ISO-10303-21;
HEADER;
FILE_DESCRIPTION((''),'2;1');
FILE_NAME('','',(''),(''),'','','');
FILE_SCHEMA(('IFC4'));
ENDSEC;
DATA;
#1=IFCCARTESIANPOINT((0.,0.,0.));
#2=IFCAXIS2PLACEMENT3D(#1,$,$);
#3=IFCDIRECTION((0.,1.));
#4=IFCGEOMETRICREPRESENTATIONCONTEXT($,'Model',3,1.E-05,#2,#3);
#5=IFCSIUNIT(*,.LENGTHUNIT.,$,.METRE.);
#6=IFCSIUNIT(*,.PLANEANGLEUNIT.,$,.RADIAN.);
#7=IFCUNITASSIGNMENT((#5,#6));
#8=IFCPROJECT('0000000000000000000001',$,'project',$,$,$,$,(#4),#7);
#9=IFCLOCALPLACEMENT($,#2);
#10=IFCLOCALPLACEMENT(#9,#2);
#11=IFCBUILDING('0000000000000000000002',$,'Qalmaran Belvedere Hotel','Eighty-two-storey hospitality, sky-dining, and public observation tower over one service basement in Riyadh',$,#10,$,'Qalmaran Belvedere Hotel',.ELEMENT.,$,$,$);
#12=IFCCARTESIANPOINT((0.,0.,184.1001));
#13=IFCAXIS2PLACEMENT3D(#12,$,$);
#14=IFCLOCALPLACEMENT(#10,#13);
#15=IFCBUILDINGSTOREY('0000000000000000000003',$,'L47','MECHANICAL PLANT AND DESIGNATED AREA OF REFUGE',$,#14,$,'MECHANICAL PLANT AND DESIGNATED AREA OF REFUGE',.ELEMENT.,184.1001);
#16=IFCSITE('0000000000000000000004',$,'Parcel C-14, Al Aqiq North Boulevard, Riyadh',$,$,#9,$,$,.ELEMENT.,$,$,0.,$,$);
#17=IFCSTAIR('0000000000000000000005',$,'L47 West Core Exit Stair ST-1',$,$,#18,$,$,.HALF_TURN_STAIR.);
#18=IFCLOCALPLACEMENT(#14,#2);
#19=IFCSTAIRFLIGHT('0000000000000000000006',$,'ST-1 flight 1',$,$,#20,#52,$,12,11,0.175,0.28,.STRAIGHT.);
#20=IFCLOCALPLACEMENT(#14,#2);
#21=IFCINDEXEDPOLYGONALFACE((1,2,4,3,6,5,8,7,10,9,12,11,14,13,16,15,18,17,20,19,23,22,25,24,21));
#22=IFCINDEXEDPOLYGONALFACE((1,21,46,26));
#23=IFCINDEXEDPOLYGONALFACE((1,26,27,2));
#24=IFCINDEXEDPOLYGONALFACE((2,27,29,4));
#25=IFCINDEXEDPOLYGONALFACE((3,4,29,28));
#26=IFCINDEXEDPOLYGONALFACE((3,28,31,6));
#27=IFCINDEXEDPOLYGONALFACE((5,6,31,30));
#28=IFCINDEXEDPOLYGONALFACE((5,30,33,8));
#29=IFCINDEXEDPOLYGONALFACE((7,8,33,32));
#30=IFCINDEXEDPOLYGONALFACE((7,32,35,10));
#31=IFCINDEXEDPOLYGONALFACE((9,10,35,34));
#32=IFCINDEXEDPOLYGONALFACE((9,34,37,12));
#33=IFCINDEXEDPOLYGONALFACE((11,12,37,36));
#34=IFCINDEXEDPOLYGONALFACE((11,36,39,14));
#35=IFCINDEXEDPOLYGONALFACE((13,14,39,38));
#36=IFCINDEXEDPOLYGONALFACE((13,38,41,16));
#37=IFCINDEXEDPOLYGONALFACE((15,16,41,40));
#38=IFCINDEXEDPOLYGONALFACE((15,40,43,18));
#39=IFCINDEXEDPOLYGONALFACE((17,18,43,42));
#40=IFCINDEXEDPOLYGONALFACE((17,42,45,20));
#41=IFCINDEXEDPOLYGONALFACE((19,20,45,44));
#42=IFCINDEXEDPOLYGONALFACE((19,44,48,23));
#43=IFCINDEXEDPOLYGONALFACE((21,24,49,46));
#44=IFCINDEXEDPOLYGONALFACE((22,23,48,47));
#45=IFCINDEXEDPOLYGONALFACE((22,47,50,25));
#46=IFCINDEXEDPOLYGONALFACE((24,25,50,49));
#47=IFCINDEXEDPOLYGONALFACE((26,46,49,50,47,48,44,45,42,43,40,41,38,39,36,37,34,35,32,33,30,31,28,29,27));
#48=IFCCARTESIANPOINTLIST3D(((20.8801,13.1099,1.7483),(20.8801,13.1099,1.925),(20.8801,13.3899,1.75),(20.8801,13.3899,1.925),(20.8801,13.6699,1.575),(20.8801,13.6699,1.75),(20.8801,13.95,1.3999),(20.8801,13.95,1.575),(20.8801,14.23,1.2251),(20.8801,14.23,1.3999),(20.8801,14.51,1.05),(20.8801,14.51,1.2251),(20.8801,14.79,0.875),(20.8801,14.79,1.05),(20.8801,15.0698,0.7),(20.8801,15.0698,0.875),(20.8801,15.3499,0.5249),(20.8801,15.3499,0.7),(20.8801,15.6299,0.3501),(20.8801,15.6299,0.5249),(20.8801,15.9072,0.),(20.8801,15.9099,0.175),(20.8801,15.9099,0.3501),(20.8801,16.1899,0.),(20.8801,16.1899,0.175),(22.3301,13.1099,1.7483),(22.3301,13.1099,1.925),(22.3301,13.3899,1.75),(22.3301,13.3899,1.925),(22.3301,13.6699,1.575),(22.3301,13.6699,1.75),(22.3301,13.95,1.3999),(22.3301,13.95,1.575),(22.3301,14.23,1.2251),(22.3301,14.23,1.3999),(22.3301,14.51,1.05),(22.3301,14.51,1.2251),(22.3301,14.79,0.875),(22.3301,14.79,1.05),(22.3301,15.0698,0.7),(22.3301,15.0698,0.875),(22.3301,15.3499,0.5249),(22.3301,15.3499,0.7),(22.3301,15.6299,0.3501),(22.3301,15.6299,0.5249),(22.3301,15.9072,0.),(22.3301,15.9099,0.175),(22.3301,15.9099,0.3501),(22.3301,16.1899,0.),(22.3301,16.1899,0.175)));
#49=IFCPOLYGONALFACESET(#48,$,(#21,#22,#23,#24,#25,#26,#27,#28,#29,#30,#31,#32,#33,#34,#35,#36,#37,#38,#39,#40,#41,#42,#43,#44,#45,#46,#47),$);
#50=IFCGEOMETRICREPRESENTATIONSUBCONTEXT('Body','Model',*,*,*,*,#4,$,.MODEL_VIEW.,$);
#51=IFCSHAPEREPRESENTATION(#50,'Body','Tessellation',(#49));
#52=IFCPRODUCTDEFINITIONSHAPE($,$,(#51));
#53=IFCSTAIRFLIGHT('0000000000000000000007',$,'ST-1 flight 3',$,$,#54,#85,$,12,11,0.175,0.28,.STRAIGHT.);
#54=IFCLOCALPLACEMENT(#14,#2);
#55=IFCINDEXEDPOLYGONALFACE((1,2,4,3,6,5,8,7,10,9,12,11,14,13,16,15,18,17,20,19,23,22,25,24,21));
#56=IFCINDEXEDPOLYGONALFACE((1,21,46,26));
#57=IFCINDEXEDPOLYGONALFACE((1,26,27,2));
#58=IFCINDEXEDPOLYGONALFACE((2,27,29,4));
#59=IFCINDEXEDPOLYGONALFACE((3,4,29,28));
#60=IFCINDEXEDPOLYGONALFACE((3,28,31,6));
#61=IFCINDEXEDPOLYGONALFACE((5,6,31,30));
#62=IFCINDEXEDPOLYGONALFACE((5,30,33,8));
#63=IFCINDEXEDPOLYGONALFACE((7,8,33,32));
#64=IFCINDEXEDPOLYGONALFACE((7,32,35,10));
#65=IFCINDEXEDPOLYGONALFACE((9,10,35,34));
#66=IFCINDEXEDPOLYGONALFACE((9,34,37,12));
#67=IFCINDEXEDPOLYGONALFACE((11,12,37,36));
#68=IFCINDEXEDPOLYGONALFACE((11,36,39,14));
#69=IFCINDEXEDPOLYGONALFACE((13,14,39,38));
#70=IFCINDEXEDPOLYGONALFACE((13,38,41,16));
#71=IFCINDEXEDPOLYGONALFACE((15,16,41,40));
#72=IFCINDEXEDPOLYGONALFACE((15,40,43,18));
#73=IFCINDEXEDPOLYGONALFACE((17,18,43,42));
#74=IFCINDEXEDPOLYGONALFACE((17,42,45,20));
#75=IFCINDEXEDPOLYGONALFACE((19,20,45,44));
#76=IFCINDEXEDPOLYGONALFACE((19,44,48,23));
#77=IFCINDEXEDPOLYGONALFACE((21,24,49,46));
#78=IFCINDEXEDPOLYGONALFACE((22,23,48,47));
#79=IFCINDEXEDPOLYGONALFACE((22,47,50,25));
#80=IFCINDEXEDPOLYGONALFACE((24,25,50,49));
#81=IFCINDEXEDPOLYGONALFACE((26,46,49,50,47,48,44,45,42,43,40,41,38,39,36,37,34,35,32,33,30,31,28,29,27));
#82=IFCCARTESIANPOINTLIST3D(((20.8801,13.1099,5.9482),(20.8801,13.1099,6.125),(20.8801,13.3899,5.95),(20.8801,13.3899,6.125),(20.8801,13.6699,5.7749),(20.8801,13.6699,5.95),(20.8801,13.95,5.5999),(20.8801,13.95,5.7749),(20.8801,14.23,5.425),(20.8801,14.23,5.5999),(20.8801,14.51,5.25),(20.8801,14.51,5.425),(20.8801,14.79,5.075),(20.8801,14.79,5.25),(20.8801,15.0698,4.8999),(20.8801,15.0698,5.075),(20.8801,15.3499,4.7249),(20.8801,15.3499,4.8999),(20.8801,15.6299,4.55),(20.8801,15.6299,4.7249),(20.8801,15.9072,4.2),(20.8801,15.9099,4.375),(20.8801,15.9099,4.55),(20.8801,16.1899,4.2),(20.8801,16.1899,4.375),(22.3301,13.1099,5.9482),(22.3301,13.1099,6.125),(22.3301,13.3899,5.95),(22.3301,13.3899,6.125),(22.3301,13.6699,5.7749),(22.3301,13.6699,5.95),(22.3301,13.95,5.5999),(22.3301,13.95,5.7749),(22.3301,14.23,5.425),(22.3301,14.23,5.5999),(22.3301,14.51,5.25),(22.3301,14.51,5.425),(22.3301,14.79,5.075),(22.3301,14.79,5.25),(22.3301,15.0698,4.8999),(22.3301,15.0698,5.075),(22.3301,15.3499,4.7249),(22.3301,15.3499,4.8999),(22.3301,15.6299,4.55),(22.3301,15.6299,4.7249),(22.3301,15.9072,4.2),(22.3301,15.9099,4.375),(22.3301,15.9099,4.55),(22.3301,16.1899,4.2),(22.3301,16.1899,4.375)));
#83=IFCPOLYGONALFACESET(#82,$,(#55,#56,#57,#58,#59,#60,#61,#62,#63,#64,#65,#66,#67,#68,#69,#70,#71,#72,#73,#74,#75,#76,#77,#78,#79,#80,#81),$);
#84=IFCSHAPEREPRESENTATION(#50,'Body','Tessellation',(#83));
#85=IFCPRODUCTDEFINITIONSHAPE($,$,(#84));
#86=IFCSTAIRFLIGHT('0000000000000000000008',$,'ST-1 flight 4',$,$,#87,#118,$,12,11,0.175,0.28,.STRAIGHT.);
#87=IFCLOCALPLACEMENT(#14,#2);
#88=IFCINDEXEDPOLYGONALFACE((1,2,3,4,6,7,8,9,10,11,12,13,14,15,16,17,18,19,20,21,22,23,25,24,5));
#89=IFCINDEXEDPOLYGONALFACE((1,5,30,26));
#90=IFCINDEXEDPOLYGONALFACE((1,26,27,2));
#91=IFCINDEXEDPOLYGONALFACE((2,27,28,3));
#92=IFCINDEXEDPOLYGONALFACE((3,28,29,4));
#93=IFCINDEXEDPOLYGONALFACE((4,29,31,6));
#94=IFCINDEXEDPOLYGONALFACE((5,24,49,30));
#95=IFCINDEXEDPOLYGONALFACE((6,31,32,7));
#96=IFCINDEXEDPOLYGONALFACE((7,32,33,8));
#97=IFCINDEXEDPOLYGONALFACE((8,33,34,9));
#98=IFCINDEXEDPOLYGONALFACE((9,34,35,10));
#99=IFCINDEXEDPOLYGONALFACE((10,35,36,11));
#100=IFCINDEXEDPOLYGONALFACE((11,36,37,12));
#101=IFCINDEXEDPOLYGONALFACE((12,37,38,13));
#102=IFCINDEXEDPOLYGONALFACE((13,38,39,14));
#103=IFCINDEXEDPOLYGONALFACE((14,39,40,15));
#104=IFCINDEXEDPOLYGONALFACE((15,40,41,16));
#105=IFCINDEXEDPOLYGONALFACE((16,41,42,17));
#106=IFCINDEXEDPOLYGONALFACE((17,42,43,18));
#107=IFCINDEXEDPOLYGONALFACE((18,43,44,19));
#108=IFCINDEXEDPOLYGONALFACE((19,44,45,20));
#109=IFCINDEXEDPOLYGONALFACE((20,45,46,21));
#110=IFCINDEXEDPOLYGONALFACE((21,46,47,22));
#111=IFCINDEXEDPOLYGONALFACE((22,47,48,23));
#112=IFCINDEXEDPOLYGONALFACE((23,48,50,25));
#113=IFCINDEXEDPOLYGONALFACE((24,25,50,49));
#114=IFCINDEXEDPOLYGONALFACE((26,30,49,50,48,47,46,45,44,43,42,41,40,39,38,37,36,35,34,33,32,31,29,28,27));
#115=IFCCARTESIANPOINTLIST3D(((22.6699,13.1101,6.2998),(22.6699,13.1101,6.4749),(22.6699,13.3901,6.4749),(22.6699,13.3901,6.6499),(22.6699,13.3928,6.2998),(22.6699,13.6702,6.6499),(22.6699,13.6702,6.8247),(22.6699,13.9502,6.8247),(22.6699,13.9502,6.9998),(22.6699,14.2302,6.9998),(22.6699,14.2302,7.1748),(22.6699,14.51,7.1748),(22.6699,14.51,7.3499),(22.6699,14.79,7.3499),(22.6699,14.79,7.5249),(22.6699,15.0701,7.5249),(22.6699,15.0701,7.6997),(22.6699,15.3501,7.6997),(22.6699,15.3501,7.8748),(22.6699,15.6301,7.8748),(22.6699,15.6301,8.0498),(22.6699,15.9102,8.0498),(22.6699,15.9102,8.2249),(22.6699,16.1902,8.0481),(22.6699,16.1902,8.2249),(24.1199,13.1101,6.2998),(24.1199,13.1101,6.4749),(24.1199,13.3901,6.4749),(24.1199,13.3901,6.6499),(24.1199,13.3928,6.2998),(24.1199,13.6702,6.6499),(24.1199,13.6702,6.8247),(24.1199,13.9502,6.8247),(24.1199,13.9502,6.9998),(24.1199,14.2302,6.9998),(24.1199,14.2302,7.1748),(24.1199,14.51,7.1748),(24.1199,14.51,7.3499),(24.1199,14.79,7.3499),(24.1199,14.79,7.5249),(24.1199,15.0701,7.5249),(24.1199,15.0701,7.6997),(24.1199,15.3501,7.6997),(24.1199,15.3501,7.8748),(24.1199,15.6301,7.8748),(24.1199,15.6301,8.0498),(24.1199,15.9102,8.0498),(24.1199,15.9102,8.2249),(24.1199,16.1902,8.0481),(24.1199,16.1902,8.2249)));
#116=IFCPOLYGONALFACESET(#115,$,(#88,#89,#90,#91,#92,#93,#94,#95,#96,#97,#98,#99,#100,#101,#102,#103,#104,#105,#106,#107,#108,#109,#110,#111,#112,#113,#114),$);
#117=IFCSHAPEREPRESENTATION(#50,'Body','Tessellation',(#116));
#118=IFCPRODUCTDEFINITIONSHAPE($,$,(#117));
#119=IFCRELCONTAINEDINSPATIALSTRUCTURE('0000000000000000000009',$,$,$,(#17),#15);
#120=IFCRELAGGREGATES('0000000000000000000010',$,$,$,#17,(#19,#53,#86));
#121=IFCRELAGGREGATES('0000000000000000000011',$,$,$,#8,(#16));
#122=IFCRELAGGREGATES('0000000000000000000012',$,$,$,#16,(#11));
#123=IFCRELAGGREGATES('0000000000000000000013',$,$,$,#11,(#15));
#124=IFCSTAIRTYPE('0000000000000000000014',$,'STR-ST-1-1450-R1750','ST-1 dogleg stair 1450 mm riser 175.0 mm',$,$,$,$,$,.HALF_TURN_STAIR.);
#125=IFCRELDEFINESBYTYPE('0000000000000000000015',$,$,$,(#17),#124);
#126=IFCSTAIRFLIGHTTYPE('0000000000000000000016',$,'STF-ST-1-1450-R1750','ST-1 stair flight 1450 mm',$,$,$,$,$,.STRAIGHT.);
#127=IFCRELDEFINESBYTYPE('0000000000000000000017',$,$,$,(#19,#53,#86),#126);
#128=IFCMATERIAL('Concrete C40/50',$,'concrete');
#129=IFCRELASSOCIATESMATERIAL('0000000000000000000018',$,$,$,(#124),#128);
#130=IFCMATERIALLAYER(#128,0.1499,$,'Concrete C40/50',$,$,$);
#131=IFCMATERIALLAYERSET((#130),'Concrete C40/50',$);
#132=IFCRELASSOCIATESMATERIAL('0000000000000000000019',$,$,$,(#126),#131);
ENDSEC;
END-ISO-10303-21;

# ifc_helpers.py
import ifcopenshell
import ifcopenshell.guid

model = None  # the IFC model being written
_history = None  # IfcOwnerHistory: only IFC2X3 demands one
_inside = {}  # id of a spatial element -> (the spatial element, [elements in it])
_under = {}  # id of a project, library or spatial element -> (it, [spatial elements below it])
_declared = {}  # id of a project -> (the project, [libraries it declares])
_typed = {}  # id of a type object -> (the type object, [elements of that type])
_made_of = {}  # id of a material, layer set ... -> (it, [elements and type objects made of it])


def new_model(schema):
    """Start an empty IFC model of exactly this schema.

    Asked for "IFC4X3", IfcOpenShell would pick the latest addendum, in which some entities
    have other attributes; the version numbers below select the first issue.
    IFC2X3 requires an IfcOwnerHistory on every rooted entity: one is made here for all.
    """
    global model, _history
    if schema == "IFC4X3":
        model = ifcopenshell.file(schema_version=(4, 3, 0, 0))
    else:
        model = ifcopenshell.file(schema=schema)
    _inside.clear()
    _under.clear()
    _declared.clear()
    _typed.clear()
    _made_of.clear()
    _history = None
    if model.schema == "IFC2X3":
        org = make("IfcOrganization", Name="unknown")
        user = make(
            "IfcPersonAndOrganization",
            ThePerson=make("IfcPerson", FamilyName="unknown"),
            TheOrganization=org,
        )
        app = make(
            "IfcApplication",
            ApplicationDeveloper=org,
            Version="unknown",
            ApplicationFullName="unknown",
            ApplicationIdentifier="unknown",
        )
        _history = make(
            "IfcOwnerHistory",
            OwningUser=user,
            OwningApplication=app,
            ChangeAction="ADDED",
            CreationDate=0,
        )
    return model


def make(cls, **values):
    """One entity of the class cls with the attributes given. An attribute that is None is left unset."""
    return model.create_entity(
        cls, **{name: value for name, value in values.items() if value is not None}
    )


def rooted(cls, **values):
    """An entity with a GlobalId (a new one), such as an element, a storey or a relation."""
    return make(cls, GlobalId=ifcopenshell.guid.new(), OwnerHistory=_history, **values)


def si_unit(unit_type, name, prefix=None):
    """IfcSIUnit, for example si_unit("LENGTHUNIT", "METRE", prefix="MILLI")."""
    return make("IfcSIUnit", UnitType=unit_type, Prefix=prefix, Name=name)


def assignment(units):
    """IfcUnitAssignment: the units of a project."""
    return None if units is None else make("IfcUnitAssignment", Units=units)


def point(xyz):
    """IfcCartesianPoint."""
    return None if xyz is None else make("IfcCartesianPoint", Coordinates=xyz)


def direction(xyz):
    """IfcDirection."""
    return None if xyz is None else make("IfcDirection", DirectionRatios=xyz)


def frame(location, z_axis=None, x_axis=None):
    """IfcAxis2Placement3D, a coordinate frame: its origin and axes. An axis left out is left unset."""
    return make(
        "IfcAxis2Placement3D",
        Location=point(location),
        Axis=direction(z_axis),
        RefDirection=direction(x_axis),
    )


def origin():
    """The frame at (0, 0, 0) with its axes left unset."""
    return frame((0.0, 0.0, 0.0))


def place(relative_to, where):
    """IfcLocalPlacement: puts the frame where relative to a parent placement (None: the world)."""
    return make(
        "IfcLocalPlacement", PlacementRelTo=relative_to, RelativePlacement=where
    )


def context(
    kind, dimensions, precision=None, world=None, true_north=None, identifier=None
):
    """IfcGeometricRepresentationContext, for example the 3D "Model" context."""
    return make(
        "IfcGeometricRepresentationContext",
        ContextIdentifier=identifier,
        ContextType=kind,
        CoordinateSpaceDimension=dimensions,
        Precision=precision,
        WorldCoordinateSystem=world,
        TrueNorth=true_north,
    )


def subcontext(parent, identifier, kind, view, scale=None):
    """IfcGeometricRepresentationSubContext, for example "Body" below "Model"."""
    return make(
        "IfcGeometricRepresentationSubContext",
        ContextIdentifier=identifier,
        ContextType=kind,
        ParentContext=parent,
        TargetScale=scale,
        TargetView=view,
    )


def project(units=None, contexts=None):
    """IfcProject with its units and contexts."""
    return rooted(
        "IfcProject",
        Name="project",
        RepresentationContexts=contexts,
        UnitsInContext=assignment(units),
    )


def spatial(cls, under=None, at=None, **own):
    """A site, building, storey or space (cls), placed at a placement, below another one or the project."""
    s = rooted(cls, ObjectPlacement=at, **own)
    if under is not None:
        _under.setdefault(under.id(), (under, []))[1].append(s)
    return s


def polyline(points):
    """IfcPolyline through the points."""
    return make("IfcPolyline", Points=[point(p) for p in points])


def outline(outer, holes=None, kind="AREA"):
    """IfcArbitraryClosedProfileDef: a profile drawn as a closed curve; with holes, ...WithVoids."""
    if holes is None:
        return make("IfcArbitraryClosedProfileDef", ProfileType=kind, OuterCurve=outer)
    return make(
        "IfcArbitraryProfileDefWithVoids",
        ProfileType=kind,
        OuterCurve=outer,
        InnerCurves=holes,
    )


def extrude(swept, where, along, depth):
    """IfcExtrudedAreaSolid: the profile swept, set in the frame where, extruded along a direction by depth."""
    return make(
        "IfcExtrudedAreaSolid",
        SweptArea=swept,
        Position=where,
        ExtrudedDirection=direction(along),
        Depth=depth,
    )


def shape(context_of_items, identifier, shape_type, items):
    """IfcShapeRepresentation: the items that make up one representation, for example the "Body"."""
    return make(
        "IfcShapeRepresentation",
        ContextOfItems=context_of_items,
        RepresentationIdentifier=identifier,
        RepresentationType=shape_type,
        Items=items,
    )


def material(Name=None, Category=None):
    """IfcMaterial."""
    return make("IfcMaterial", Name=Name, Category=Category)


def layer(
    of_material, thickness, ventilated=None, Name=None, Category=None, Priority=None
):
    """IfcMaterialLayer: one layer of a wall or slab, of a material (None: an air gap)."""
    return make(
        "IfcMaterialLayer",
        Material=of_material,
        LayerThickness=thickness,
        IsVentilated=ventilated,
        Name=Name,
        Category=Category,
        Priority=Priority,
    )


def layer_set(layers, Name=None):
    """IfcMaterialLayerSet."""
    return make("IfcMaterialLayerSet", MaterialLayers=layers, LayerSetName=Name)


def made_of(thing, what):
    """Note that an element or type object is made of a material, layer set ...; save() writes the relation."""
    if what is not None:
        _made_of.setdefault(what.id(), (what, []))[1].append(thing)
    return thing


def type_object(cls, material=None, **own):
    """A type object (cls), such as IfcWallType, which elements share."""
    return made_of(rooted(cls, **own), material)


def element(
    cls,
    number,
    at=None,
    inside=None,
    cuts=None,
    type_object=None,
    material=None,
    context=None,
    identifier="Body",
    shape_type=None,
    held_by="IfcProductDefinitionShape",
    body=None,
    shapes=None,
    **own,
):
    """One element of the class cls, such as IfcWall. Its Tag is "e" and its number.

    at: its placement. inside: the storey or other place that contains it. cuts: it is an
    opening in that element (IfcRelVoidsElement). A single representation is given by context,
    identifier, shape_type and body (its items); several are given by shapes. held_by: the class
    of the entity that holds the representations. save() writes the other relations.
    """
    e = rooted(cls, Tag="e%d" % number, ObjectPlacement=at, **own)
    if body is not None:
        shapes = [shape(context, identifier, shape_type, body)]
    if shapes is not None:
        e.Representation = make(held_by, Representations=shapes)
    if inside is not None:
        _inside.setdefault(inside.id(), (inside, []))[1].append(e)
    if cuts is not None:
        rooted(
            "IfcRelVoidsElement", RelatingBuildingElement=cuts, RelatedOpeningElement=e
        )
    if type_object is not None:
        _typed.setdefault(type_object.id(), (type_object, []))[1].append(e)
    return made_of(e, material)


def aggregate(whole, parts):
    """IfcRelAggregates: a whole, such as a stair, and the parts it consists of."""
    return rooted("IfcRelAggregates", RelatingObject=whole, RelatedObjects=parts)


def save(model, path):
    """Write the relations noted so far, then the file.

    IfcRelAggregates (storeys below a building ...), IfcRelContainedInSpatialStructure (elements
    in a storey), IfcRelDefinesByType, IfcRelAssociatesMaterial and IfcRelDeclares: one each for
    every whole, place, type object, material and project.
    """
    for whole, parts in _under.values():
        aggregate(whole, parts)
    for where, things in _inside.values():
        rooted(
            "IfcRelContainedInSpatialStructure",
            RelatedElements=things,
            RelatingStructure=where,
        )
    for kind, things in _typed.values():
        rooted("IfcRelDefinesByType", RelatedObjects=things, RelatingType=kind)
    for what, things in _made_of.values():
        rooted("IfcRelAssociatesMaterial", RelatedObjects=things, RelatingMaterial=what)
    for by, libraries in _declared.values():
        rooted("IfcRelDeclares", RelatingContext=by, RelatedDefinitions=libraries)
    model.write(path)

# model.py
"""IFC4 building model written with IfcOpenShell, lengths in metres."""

from ifc_helpers import new_model, si_unit, direction, frame, origin, place, context, subcontext, project, spatial, polyline, outline, extrude, material, layer, layer_set, type_object, element, aggregate, save


model = new_model("IFC4")

# Units and contexts
model_context = context("Model", 3, precision=1e-05, world=origin(), true_north=direction((0.0, 1.0)))
body_context = subcontext(model_context, "Body", "Model", "MODEL_VIEW")
ifc_project = project(units=[si_unit("LENGTHUNIT", "METRE"), si_unit("PLANEANGLEUNIT", "RADIAN")], contexts=[model_context])

# Site, building, storey
site_placement = place(None, origin())
site = spatial("IfcSite", under=ifc_project, at=site_placement, Name="Parcel C-14, Al Aqiq North Boulevard, Riyadh", CompositionType="ELEMENT", RefElevation=0.0)
building_placement = place(site_placement, origin())
building = spatial("IfcBuilding", under=site, at=building_placement, Name="Qalmaran Belvedere Hotel", Description="Eighty-two-storey hospitality, sky-dining, and public observation tower over one service basement in Riyadh", LongName="Qalmaran Belvedere Hotel", CompositionType="ELEMENT")
storey_placement = place(building_placement, frame((0.0, 0.0, 184.1001)))
storey = spatial("IfcBuildingStorey", under=building, at=storey_placement, Name="L47", Description="MECHANICAL PLANT AND DESIGNATED AREA OF REFUGE", LongName="MECHANICAL PLANT AND DESIGNATED AREA OF REFUGE", CompositionType="ELEMENT", Elevation=184.1001)

# Stair, stair flights
ifc_material_1 = material(Name="Concrete C40/50", Category="concrete")
stair_type = type_object("IfcStairType", Name="STR-ST-1-1450-R1750", Description="ST-1 dogleg stair 1450 mm riser 175.0 mm", PredefinedType="HALF_TURN_STAIR", material=ifc_material_1)
stair_placement = place(storey_placement, origin())
stair = element("IfcStair", 1, at=stair_placement, inside=storey, type_object=stair_type, Name="L47 West Core Exit Stair ST-1", PredefinedType="HALF_TURN_STAIR")
ifc_layer_1 = layer(ifc_material_1, 0.1499, Name="Concrete C40/50")
ifc_layer_set_1 = layer_set([ifc_layer_1], Name="Concrete C40/50")
stair_flight_type = type_object("IfcStairFlightType", Name="STF-ST-1-1450-R1750", Description="ST-1 stair flight 1450 mm", PredefinedType="STRAIGHT", material=ifc_layer_set_1)
stair_flight_1_placement = place(storey_placement, frame((21.605, 16.1899, 0.0), z_axis=(0.0, 0.0, 1.0), x_axis=(0.0, -1.0, 0.0)))
stair_flight_1 = element("IfcStairFlight", 2, at=stair_flight_1_placement, type_object=stair_flight_type, Name="ST-1 flight 1", NumberOfRisers=12, NumberOfTreads=11, PredefinedType="STRAIGHT", RiserHeight=0.175, TreadLength=0.28, context=body_context, shape_type="SweptSolid", body=[
    extrude(outline(polyline([(0.0, 0.0), (0.0, 0.175), (0.28, 0.175), (0.28, 0.3501), (0.5601, 0.3501), (0.5601, 0.5249), (0.8401, 0.5249), (0.8401, 0.7), (1.1201, 0.7), (1.1201, 0.875), (1.3999, 0.875), (1.3999, 1.05), (1.6799, 1.05), (1.6799, 1.2251), (1.96, 1.2251), (1.96, 1.3999), (2.24, 1.3999), (2.24, 1.575), (2.52, 1.575), (2.52, 1.75), (2.8, 1.75), (2.8, 1.925), (3.0801, 1.925), (3.0801, 2.1001), (3.0801, 1.7483), (0.2827, 0.0), (0.0, 0.0)])), frame((0.0, 0.7251, 0.0), z_axis=(0.0, -1.0, 0.0), x_axis=(1.0, 0.0, 0.0)), (0.0, 0.0, 1.0), 1.45),
])
stair_flight_2_placement = place(storey_placement, frame((21.605, 16.1899, 4.2), z_axis=(0.0, 0.0, 1.0), x_axis=(0.0, -1.0, 0.0)))
stair_flight_2 = element("IfcStairFlight", 3, at=stair_flight_2_placement, type_object=stair_flight_type, Name="ST-1 flight 3", NumberOfRisers=12, NumberOfTreads=11, PredefinedType="STRAIGHT", RiserHeight=0.175, TreadLength=0.28, context=body_context, shape_type="SweptSolid", body=[
    extrude(outline(polyline([(0.0, 0.0), (0.0, 0.175), (0.28, 0.175), (0.28, 0.3501), (0.5601, 0.3501), (0.5601, 0.5249), (0.8401, 0.5249), (0.8401, 0.7), (1.1201, 0.7), (1.1201, 0.875), (1.3999, 0.875), (1.3999, 1.05), (1.6799, 1.05), (1.6799, 1.2251), (1.96, 1.2251), (1.96, 1.3999), (2.24, 1.3999), (2.24, 1.575), (2.52, 1.575), (2.52, 1.75), (2.8, 1.75), (2.8, 1.925), (3.0801, 1.925), (3.0801, 2.1001), (3.0801, 1.7483), (0.2827, 0.0), (0.0, 0.0)])), frame((0.0, 0.7251, 0.0), z_axis=(0.0, -1.0, 0.0), x_axis=(1.0, 0.0, 0.0)), (0.0, 0.0, 1.0), 1.45),
])
stair_flight_3_placement = place(storey_placement, frame((23.395, 13.1101, 6.2998), z_axis=(0.0, 0.0, 1.0), x_axis=(0.0, 1.0, 0.0)))
stair_flight_3 = element("IfcStairFlight", 4, at=stair_flight_3_placement, type_object=stair_flight_type, Name="ST-1 flight 4", NumberOfRisers=12, NumberOfTreads=11, PredefinedType="STRAIGHT", RiserHeight=0.175, TreadLength=0.28, context=body_context, shape_type="SweptSolid", body=[
    extrude(outline(polyline([(0.0, 0.0), (0.0, 0.175), (0.28, 0.175), (0.28, 0.3501), (0.5601, 0.3501), (0.5601, 0.5249), (0.8401, 0.5249), (0.8401, 0.7), (1.1201, 0.7), (1.1201, 0.875), (1.3999, 0.875), (1.3999, 1.05), (1.6799, 1.05), (1.6799, 1.2251), (1.96, 1.2251), (1.96, 1.3999), (2.24, 1.3999), (2.24, 1.575), (2.52, 1.575), (2.52, 1.75), (2.8, 1.75), (2.8, 1.925), (3.0801, 1.925), (3.0801, 2.1001), (3.0801, 1.7483), (0.2827, 0.0), (0.0, 0.0)])), frame((0.0, 0.7251, 0.0), z_axis=(0.0, -1.0, 0.0), x_axis=(1.0, 0.0, 0.0)), (0.0, 0.0, 1.0), 1.45),
])
aggregate(stair, [stair_flight_1, stair_flight_2, stair_flight_3])

save(model, "model.ifc")
